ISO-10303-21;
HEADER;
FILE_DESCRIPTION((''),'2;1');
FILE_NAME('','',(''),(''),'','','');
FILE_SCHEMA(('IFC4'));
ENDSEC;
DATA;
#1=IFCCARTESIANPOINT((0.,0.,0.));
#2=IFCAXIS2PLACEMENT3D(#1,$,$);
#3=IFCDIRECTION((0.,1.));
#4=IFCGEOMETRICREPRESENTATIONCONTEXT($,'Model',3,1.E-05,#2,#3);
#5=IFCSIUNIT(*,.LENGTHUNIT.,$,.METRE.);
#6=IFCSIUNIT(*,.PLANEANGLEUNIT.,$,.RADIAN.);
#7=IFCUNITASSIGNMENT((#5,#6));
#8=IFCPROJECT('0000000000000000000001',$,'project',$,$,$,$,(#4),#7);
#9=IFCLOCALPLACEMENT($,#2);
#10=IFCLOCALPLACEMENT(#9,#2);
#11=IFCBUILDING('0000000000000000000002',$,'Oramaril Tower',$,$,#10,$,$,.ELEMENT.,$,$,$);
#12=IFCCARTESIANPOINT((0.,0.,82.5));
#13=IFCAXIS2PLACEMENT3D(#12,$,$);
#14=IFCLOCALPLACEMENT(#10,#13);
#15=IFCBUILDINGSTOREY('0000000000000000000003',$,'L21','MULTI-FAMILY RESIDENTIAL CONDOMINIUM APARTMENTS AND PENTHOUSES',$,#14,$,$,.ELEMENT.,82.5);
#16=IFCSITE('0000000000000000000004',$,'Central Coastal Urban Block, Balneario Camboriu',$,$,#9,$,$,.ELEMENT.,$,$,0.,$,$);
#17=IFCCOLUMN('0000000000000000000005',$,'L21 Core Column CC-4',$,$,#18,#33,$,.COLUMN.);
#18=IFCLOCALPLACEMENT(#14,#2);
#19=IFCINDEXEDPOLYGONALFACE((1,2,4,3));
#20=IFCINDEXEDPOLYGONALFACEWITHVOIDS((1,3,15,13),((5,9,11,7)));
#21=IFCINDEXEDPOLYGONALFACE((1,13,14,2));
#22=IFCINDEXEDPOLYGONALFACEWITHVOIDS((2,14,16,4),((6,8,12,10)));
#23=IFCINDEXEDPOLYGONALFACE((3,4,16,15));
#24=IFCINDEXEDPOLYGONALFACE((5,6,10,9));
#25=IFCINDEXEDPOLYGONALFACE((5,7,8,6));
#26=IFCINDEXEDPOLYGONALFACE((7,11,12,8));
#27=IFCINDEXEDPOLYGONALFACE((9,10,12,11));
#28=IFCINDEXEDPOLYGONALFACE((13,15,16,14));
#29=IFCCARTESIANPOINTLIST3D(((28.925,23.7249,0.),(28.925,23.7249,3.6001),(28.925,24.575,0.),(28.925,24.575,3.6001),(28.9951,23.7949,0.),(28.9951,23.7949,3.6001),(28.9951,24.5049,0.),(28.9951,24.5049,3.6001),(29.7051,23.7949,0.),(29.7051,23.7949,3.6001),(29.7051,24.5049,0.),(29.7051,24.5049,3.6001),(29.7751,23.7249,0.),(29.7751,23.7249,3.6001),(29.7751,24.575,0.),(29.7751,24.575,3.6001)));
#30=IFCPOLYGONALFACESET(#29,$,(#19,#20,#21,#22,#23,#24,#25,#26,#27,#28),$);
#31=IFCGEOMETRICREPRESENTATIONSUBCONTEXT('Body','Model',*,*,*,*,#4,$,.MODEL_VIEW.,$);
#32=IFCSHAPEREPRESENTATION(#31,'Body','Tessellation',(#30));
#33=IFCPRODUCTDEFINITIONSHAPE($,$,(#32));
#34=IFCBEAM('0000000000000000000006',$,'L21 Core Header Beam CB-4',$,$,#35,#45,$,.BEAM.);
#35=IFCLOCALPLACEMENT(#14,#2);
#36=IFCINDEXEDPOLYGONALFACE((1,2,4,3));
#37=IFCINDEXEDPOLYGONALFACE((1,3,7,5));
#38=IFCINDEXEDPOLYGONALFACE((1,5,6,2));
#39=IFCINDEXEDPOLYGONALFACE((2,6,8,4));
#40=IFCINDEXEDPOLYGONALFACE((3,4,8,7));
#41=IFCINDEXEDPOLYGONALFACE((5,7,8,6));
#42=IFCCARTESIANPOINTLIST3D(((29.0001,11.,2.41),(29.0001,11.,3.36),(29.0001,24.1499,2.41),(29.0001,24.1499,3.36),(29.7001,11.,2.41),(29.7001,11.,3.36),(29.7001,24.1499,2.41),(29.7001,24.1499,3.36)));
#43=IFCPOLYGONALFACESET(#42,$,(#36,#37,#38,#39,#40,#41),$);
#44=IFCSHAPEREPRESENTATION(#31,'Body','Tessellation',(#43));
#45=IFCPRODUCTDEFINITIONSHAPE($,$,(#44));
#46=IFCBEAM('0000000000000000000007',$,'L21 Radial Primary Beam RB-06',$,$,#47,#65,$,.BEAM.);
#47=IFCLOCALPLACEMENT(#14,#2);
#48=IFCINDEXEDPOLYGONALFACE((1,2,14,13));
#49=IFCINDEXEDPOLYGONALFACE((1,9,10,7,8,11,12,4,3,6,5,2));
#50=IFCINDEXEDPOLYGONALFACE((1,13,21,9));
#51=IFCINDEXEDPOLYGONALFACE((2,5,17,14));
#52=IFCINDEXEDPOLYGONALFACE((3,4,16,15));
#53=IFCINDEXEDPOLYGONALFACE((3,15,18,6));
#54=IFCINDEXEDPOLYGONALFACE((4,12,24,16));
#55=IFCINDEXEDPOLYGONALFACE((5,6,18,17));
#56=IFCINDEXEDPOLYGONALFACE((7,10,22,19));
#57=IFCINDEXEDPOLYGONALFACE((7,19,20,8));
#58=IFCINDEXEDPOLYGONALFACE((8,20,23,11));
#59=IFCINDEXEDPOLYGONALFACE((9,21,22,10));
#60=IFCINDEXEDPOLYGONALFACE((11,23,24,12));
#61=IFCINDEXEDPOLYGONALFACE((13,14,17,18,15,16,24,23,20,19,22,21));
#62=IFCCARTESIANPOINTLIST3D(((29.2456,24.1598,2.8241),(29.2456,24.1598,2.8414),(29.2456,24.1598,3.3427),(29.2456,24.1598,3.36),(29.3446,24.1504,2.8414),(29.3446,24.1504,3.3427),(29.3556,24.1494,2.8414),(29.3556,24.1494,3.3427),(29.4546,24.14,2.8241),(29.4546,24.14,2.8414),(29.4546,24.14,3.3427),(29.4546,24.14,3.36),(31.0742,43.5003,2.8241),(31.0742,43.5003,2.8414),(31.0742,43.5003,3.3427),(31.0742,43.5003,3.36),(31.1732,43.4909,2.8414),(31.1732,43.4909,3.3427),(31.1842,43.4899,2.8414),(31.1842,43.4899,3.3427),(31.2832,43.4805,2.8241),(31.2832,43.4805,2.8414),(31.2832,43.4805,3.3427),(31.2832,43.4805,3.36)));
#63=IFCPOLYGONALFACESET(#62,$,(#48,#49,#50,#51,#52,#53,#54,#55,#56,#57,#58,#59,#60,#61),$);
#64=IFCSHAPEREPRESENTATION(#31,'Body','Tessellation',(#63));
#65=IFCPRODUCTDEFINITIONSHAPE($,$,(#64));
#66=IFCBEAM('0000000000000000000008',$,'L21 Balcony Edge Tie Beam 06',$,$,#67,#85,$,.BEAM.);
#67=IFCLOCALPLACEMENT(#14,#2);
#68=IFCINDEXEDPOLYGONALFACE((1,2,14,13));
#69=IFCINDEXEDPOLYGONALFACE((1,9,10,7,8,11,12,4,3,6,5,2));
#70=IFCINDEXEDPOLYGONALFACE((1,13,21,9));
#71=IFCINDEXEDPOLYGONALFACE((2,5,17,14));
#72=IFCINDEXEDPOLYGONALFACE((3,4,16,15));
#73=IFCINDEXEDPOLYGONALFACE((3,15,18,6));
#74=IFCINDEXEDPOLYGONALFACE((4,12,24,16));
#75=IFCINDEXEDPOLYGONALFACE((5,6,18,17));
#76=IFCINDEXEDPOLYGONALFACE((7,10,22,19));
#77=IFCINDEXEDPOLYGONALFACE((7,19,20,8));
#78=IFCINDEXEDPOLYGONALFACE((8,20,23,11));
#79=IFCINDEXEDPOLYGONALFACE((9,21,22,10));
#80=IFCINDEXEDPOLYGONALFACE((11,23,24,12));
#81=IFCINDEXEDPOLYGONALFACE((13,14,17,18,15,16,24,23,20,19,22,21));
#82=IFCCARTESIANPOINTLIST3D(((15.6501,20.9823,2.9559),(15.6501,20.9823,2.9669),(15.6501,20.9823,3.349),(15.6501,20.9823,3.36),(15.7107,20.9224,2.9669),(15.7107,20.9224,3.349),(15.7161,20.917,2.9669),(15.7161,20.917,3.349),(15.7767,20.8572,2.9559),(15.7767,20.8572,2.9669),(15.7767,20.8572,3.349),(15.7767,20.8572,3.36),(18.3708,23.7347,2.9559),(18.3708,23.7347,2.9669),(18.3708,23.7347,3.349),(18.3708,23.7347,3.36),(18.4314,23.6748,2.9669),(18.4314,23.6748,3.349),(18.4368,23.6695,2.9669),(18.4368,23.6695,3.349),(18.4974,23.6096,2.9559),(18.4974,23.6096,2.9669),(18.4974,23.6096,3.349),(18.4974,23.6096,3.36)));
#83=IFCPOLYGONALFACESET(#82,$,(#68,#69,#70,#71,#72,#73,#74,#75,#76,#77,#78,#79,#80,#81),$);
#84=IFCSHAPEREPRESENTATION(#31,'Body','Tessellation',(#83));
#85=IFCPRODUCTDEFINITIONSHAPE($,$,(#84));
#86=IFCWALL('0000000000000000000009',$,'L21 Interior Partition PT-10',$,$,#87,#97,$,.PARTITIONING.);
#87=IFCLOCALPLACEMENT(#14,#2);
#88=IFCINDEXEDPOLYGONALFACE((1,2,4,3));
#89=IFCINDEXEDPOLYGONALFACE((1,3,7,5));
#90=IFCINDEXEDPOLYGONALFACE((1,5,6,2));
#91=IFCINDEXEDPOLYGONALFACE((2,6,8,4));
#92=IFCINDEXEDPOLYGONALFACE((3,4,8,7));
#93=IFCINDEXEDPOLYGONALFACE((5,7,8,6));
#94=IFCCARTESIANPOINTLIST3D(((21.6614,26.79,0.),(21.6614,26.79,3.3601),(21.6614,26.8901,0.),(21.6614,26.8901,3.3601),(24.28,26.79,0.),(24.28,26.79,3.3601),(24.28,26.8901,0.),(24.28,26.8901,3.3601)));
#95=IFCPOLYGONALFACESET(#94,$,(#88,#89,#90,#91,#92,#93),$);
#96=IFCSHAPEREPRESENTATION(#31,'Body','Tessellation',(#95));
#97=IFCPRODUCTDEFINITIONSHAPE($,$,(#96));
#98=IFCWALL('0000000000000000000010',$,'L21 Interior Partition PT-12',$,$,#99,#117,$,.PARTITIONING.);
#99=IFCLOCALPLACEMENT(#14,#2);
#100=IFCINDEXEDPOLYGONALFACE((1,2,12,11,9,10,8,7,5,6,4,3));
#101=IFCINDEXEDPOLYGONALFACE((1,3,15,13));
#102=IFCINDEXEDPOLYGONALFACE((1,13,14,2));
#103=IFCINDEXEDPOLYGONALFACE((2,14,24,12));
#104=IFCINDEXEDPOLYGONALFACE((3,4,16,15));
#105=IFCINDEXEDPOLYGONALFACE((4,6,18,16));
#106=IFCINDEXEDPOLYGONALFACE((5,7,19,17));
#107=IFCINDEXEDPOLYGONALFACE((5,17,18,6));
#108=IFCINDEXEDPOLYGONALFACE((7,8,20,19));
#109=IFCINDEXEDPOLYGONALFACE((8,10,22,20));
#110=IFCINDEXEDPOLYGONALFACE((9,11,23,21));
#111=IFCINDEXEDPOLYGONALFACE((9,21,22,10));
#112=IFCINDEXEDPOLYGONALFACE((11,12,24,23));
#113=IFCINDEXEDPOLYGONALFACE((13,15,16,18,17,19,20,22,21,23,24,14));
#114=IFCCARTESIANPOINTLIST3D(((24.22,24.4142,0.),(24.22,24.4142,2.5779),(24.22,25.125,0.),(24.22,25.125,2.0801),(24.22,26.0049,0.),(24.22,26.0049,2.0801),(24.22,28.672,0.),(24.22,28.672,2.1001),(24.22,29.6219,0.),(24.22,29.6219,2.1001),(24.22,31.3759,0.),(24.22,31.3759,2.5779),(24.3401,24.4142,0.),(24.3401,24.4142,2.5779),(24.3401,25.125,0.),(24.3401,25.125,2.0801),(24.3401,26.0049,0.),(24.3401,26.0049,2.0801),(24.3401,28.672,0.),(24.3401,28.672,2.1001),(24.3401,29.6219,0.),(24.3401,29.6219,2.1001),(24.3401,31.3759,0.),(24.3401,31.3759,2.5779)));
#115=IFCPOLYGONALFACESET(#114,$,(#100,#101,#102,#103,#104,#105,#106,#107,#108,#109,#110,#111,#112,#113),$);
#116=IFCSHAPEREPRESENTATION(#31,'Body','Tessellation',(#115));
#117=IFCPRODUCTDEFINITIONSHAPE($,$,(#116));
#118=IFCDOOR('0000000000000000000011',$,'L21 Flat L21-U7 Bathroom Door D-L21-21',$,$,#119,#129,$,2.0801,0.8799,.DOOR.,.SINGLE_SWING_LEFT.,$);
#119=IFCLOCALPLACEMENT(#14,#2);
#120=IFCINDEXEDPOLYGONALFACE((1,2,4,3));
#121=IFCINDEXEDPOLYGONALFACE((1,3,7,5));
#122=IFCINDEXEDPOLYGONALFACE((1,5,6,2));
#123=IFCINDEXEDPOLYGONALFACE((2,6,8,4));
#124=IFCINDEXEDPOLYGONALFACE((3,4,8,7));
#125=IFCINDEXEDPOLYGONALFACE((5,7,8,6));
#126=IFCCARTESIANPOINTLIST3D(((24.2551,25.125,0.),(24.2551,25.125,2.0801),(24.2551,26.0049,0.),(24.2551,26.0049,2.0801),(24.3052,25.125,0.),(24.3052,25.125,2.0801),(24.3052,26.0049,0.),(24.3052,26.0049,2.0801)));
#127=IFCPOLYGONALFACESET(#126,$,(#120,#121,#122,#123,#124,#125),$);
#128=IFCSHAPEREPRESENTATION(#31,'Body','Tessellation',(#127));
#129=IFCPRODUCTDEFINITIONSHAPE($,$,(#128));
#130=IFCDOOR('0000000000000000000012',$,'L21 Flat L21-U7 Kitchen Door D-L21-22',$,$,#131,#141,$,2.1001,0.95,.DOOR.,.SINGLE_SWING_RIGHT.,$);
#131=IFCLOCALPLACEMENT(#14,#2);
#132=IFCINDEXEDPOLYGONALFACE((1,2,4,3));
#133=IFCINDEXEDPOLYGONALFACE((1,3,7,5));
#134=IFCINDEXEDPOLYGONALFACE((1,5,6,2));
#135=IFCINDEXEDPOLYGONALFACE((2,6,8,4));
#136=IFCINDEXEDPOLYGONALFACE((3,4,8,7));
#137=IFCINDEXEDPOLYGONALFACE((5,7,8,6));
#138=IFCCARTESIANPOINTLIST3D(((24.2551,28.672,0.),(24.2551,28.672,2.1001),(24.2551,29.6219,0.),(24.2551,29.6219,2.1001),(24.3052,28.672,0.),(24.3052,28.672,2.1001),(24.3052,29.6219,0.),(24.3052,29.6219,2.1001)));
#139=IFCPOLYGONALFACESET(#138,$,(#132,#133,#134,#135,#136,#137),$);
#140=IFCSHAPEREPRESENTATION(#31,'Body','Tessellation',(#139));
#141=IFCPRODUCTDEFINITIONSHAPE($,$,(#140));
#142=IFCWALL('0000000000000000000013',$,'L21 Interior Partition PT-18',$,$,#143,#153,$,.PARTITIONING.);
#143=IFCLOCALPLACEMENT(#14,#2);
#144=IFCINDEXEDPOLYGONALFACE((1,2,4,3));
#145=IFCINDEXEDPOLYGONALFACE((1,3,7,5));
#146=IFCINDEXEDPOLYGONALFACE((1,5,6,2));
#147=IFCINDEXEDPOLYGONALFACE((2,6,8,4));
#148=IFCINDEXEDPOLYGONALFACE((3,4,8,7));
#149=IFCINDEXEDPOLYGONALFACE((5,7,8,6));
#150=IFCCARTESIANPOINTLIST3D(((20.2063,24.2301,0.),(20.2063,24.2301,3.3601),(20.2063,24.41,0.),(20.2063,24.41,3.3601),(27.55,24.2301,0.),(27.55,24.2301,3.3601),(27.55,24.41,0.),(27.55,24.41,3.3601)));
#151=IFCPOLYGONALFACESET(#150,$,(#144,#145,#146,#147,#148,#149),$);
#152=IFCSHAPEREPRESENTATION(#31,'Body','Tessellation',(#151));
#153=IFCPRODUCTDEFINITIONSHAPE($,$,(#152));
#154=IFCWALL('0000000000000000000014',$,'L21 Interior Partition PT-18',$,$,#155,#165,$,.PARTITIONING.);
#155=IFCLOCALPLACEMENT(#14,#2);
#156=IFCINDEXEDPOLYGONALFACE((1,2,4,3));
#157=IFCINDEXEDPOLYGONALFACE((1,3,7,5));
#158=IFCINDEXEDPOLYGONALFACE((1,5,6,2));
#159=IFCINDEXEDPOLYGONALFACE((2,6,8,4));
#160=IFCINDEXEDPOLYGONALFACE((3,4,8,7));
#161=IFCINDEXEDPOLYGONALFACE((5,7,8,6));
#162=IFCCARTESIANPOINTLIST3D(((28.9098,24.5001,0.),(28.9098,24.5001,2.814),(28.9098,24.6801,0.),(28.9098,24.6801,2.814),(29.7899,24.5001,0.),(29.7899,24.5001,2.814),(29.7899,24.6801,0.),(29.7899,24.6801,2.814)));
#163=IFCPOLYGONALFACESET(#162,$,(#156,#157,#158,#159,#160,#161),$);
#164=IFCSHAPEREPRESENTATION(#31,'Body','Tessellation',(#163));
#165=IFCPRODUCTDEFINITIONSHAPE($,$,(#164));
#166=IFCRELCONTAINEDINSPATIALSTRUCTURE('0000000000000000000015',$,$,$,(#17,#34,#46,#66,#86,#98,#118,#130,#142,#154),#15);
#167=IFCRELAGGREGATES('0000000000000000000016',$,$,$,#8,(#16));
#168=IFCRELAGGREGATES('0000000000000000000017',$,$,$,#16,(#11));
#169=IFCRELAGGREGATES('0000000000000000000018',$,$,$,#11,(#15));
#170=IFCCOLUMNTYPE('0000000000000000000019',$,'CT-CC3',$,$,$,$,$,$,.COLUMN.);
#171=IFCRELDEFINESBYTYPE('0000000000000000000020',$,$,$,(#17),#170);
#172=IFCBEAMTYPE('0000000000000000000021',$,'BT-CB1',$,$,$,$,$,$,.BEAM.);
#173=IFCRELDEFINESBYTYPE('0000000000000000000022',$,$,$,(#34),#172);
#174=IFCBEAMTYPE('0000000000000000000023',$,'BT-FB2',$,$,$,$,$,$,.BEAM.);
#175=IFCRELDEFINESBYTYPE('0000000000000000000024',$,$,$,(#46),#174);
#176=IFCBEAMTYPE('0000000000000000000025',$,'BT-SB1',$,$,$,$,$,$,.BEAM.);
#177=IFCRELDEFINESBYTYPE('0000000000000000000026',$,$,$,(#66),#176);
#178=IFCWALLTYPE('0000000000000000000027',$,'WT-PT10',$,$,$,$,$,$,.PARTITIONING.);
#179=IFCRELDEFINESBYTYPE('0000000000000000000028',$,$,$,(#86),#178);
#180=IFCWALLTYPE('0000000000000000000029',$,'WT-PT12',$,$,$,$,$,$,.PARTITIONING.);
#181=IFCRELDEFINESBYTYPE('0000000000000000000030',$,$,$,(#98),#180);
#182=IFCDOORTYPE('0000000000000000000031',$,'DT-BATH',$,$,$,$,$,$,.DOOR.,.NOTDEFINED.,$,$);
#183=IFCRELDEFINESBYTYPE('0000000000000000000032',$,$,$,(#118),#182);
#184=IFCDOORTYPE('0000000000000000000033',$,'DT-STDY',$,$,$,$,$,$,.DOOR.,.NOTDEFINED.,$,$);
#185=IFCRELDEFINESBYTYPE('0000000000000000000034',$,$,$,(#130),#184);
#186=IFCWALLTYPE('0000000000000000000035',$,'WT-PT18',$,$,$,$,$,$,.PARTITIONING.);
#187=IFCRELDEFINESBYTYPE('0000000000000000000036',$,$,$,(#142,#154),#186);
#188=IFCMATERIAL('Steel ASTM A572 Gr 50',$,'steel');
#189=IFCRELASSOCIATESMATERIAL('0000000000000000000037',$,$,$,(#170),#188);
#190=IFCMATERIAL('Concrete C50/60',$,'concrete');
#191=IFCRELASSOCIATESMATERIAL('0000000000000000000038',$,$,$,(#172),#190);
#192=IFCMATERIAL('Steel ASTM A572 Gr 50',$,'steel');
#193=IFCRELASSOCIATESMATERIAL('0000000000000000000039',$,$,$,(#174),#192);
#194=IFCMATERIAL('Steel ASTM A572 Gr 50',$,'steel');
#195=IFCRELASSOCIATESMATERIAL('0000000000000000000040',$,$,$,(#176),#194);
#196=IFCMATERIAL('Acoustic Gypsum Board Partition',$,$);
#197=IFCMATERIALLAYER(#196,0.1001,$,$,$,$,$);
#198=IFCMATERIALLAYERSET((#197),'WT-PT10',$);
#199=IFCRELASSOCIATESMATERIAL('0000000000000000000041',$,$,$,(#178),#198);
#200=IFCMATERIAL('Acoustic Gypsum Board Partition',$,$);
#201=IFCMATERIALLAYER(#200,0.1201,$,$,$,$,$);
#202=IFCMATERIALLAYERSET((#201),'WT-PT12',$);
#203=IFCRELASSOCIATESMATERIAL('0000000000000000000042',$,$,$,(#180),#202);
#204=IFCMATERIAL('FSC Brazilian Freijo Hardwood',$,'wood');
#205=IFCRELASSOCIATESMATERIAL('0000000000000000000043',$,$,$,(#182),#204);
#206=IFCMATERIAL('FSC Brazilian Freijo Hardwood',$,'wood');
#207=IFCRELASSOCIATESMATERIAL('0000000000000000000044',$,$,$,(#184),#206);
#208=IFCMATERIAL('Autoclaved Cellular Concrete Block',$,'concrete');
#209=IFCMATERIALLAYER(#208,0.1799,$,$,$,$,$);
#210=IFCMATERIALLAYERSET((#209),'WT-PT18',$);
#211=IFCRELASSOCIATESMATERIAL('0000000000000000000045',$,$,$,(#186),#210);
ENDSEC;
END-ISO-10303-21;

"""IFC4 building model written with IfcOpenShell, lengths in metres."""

from ifc_helpers import new_model, si_unit, direction, frame, frame_2d, origin, origin_2d, place, context, subcontext, project, spatial, rectangle, hollow_rectangle, i_section, extrude, material, layer, layer_set, material_profile, profile_set, type_object, element, fill, save


model = new_model("IFC4")

# Units and contexts
model_context = context("Model", 3, precision=1e-05, world=origin(), true_north=direction((0.0, 1.0)))
body_context = subcontext(model_context, "Body", "Model", "MODEL_VIEW")
ifc_project = project(units=[si_unit("LENGTHUNIT", "METRE"), si_unit("PLANEANGLEUNIT", "RADIAN")], contexts=[model_context])

# Site, building, storey
site_placement = place(None, origin())
site = spatial("IfcSite", under=ifc_project, at=site_placement, Name="Central Coastal Urban Block, Balneario Camboriu", CompositionType="ELEMENT", RefElevation=0.0)
building_placement = place(site_placement, origin())
building = spatial("IfcBuilding", under=site, at=building_placement, Name="Oramaril Tower", CompositionType="ELEMENT")
storey_placement = place(building_placement, frame((0.0, 0.0, 82.5)))
storey = spatial("IfcBuildingStorey", under=building, at=storey_placement, Name="L21", Description="MULTI-FAMILY RESIDENTIAL CONDOMINIUM APARTMENTS AND PENTHOUSES", CompositionType="ELEMENT", Elevation=82.5)

# Column
ifc_material_1 = material(Name="Steel ASTM A572 Gr 50", Category="steel")
ifc_material_profile_1 = material_profile(ifc_material_1, hollow_rectangle(XDim=0.8501, YDim=0.8501, WallThickness=0.0701, at=origin_2d()), Name="BOX850X850X70")
ifc_profile_set_1 = profile_set([ifc_material_profile_1], Name="Steel ASTM A572 Gr 50")
column_type = type_object("IfcColumnType", Name="CT-CC3", PredefinedType="COLUMN", material=ifc_profile_set_1)
column_placement = place(storey_placement, frame((29.3501, 24.1499, 0.0), z_axis=(0.0, 0.0, 1.0), x_axis=(1.0, 0.0, 0.0)))
element("IfcColumn", 1, at=column_placement, inside=storey, type_object=column_type, Name="L21 Core Column CC-4", PredefinedType="COLUMN", context=body_context, shape_type="SweptSolid", body=[
    extrude(hollow_rectangle(XDim=0.8501, YDim=0.8501, WallThickness=0.0701, at=origin_2d()), origin(), (0.0, 0.0, 1.0), 3.6001),
])

# Beams
ifc_material_2 = material(Name="Concrete C50/60", Category="concrete")
ifc_material_profile_2 = material_profile(ifc_material_2, rectangle(XDim=0.7, YDim=0.95, at=origin_2d()), Name="CB700X950")
ifc_profile_set_2 = profile_set([ifc_material_profile_2], Name="Concrete C50/60")
beam_type_1 = type_object("IfcBeamType", Name="BT-CB1", PredefinedType="BEAM", material=ifc_profile_set_2)
beam_1_placement = place(storey_placement, frame((29.3501, 24.1499, 2.885), z_axis=(0.0, -1.0, 0.0), x_axis=(1.0, 0.0, 0.0)))
element("IfcBeam", 2, at=beam_1_placement, inside=storey, type_object=beam_type_1, Name="L21 Core Header Beam CB-4", PredefinedType="BEAM", context=body_context, shape_type="SweptSolid", body=[
    extrude(rectangle(XDim=0.7, YDim=0.95, at=origin_2d()), origin(), (0.0, 0.0, 1.0), 13.1499),
])
ifc_material_3 = material(Name="Steel ASTM A572 Gr 50", Category="steel")
ifc_material_profile_3 = material_profile(ifc_material_3, i_section(OverallWidth=0.21, OverallDepth=0.5359, WebThickness=0.011, FlangeThickness=0.0173, at=origin_2d()), Name="W21X68")
ifc_profile_set_3 = profile_set([ifc_material_profile_3], Name="Steel ASTM A572 Gr 50")
beam_type_2 = type_object("IfcBeamType", Name="BT-FB2", PredefinedType="BEAM", material=ifc_profile_set_3)
beam_2_placement = place(storey_placement, frame((29.3501, 24.1499, 3.092), z_axis=(0.094128, 0.99556, 0.0), x_axis=(-0.99556, 0.094128, 0.0)))
element("IfcBeam", 3, at=beam_2_placement, inside=storey, type_object=beam_type_2, Name="L21 Radial Primary Beam RB-06", PredefinedType="BEAM", context=body_context, shape_type="SweptSolid", body=[
    extrude(i_section(OverallWidth=0.21, OverallDepth=0.5359, WebThickness=0.011, FlangeThickness=0.0173, at=origin_2d()), origin(), (0.0, 0.0, 1.0), 19.4268),
])
ifc_material_4 = material(Name="Steel ASTM A572 Gr 50", Category="steel")
ifc_material_profile_4 = material_profile(ifc_material_4, i_section(OverallWidth=0.178, OverallDepth=0.4041, WebThickness=0.0076, FlangeThickness=0.011, at=origin_2d()), Name="W16X36")
ifc_profile_set_4 = profile_set([ifc_material_profile_4], Name="Steel ASTM A572 Gr 50")
beam_type_3 = type_object("IfcBeamType", Name="BT-SB1", PredefinedType="BEAM", material=ifc_profile_set_4)
beam_3_placement = place(storey_placement, frame((18.4341, 23.6721, 3.158), z_axis=(-0.702995, -0.711195, 0.0), x_axis=(0.711195, -0.702995, 0.0)))
element("IfcBeam", 4, at=beam_3_placement, inside=storey, type_object=beam_type_3, Name="L21 Balcony Edge Tie Beam 06", PredefinedType="BEAM", context=body_context, shape_type="SweptSolid", body=[
    extrude(i_section(OverallWidth=0.178, OverallDepth=0.4041, WebThickness=0.0076, FlangeThickness=0.011, at=origin_2d()), origin(), (0.0, 0.0, 1.0), 3.8701),
])

# Wall
ifc_material_5 = material(Name="Acoustic Gypsum Board Partition")
ifc_layer_1 = layer(ifc_material_5, 0.1001)
ifc_layer_set_1 = layer_set([ifc_layer_1], Name="WT-PT10")
wall_type_1 = type_object("IfcWallType", Name="WT-PT10", PredefinedType="PARTITIONING", material=ifc_layer_set_1)
wall_1_placement = place(storey_placement, frame((21.6614, 26.8401, 0.0), z_axis=(0.0, 0.0, 1.0), x_axis=(1.0, 0.0, 0.0)))
element("IfcWall", 5, at=wall_1_placement, inside=storey, type_object=wall_type_1, Name="L21 Interior Partition PT-10", PredefinedType="PARTITIONING", context=body_context, shape_type="SweptSolid", body=[
    extrude(rectangle(XDim=2.6187, YDim=0.1001, at=frame_2d((1.3093, 0.0))), origin(), (0.0, 0.0, 1.0), 3.3601),
])

# Wall, openings, doors
ifc_material_6 = material(Name="Acoustic Gypsum Board Partition")
ifc_layer_2 = layer(ifc_material_6, 0.1201)
ifc_layer_set_2 = layer_set([ifc_layer_2], Name="WT-PT12")
wall_type_2 = type_object("IfcWallType", Name="WT-PT12", PredefinedType="PARTITIONING", material=ifc_layer_set_2)
wall_2_placement = place(storey_placement, frame((24.28, 24.4141, 0.0), z_axis=(0.0, 0.0, 1.0), x_axis=(0.0, 1.0, 0.0)))
wall_2 = element("IfcWall", 6, at=wall_2_placement, inside=storey, type_object=wall_type_2, Name="L21 Interior Partition PT-12", PredefinedType="PARTITIONING", context=body_context, shape_type="SweptSolid", body=[
    extrude(rectangle(XDim=6.9617, YDim=0.1201, at=frame_2d((3.481, 0.0))), origin(), (0.0, 0.0, 1.0), 2.5779),
])
opening_1_placement = place(wall_2_placement, frame((0.7109, 0.0, 0.0)))
opening_1 = element("IfcOpeningElement", 7, at=opening_1_placement, cuts=wall_2, PredefinedType="OPENING", context=body_context, shape_type="SweptSolid", body=[
    extrude(rectangle(XDim=0.8799, YDim=2.0801, at=frame_2d((0.4399, 1.04))), frame((0.0, 0.0601, 0.0), z_axis=(0.0, -1.0, 0.0), x_axis=(1.0, 0.0, 0.0)), (0.0, 0.0, 1.0), 0.1201),
])
opening_2_placement = place(wall_2_placement, frame((4.2578, 0.0, 0.0)))
opening_2 = element("IfcOpeningElement", 8, at=opening_2_placement, cuts=wall_2, PredefinedType="OPENING", context=body_context, shape_type="SweptSolid", body=[
    extrude(rectangle(XDim=0.95, YDim=2.1001, at=frame_2d((0.4751, 1.05))), frame((0.0, 0.0601, 0.0), z_axis=(0.0, -1.0, 0.0), x_axis=(1.0, 0.0, 0.0)), (0.0, 0.0, 1.0), 0.1201),
])
ifc_material_7 = material(Name="FSC Brazilian Freijo Hardwood", Category="wood")
door_type_1 = type_object("IfcDoorType", Name="DT-BATH", OperationType="NOTDEFINED", PredefinedType="DOOR", material=ifc_material_7)
door_1_placement = place(opening_1_placement, origin())
door_1 = element("IfcDoor", 9, at=door_1_placement, inside=storey, type_object=door_type_1, Name="L21 Flat L21-U7 Bathroom Door D-L21-21", OperationType="SINGLE_SWING_LEFT", OverallHeight=2.0801, OverallWidth=0.8799, PredefinedType="DOOR", context=body_context, shape_type="SweptSolid", body=[
    extrude(rectangle(XDim=0.8799, YDim=2.0801, at=frame_2d((0.4399, 1.04))), frame((0.0, 0.0249, 0.0), z_axis=(0.0, -1.0, 0.0), x_axis=(1.0, 0.0, 0.0)), (0.0, 0.0, 1.0), 0.05),
])
fill(opening_1, door_1)
ifc_material_8 = material(Name="FSC Brazilian Freijo Hardwood", Category="wood")
door_type_2 = type_object("IfcDoorType", Name="DT-STDY", OperationType="NOTDEFINED", PredefinedType="DOOR", material=ifc_material_8)
door_2_placement = place(opening_2_placement, origin())
door_2 = element("IfcDoor", 10, at=door_2_placement, inside=storey, type_object=door_type_2, Name="L21 Flat L21-U7 Kitchen Door D-L21-22", OperationType="SINGLE_SWING_RIGHT", OverallHeight=2.1001, OverallWidth=0.95, PredefinedType="DOOR", context=body_context, shape_type="SweptSolid", body=[
    extrude(rectangle(XDim=0.95, YDim=2.1001, at=frame_2d((0.4751, 1.05))), frame((0.0, 0.0249, 0.0), z_axis=(0.0, -1.0, 0.0), x_axis=(1.0, 0.0, 0.0)), (0.0, 0.0, 1.0), 0.05),
])
fill(opening_2, door_2)

# Walls
ifc_material_9 = material(Name="Autoclaved Cellular Concrete Block", Category="concrete")
ifc_layer_3 = layer(ifc_material_9, 0.1799)
ifc_layer_set_3 = layer_set([ifc_layer_3], Name="WT-PT18")
wall_type_3 = type_object("IfcWallType", Name="WT-PT18", PredefinedType="PARTITIONING", material=ifc_layer_set_3)
wall_3_placement = place(storey_placement, frame((20.2063, 24.3201, 0.0), z_axis=(0.0, 0.0, 1.0), x_axis=(1.0, 0.0, 0.0)))
element("IfcWall", 11, at=wall_3_placement, inside=storey, type_object=wall_type_3, Name="L21 Interior Partition PT-18", PredefinedType="PARTITIONING", context=body_context, shape_type="SweptSolid", body=[
    extrude(rectangle(XDim=7.3438, YDim=0.1799, at=frame_2d((3.6719, 0.0))), origin(), (0.0, 0.0, 1.0), 3.3601),
])
wall_4_placement = place(storey_placement, frame((28.9099, 24.5901, 0.0), z_axis=(0.0, 0.0, 1.0), x_axis=(1.0, 0.0, 0.0)))
element("IfcWall", 12, at=wall_4_placement, inside=storey, type_object=wall_type_3, Name="L21 Interior Partition PT-18", PredefinedType="PARTITIONING", context=body_context, shape_type="SweptSolid", body=[
    extrude(rectangle(XDim=0.8801, YDim=0.1799, at=frame_2d((0.4399, 0.0))), origin(), (0.0, 0.0, 1.0), 2.814),
])

save(model, "model.ifc")
